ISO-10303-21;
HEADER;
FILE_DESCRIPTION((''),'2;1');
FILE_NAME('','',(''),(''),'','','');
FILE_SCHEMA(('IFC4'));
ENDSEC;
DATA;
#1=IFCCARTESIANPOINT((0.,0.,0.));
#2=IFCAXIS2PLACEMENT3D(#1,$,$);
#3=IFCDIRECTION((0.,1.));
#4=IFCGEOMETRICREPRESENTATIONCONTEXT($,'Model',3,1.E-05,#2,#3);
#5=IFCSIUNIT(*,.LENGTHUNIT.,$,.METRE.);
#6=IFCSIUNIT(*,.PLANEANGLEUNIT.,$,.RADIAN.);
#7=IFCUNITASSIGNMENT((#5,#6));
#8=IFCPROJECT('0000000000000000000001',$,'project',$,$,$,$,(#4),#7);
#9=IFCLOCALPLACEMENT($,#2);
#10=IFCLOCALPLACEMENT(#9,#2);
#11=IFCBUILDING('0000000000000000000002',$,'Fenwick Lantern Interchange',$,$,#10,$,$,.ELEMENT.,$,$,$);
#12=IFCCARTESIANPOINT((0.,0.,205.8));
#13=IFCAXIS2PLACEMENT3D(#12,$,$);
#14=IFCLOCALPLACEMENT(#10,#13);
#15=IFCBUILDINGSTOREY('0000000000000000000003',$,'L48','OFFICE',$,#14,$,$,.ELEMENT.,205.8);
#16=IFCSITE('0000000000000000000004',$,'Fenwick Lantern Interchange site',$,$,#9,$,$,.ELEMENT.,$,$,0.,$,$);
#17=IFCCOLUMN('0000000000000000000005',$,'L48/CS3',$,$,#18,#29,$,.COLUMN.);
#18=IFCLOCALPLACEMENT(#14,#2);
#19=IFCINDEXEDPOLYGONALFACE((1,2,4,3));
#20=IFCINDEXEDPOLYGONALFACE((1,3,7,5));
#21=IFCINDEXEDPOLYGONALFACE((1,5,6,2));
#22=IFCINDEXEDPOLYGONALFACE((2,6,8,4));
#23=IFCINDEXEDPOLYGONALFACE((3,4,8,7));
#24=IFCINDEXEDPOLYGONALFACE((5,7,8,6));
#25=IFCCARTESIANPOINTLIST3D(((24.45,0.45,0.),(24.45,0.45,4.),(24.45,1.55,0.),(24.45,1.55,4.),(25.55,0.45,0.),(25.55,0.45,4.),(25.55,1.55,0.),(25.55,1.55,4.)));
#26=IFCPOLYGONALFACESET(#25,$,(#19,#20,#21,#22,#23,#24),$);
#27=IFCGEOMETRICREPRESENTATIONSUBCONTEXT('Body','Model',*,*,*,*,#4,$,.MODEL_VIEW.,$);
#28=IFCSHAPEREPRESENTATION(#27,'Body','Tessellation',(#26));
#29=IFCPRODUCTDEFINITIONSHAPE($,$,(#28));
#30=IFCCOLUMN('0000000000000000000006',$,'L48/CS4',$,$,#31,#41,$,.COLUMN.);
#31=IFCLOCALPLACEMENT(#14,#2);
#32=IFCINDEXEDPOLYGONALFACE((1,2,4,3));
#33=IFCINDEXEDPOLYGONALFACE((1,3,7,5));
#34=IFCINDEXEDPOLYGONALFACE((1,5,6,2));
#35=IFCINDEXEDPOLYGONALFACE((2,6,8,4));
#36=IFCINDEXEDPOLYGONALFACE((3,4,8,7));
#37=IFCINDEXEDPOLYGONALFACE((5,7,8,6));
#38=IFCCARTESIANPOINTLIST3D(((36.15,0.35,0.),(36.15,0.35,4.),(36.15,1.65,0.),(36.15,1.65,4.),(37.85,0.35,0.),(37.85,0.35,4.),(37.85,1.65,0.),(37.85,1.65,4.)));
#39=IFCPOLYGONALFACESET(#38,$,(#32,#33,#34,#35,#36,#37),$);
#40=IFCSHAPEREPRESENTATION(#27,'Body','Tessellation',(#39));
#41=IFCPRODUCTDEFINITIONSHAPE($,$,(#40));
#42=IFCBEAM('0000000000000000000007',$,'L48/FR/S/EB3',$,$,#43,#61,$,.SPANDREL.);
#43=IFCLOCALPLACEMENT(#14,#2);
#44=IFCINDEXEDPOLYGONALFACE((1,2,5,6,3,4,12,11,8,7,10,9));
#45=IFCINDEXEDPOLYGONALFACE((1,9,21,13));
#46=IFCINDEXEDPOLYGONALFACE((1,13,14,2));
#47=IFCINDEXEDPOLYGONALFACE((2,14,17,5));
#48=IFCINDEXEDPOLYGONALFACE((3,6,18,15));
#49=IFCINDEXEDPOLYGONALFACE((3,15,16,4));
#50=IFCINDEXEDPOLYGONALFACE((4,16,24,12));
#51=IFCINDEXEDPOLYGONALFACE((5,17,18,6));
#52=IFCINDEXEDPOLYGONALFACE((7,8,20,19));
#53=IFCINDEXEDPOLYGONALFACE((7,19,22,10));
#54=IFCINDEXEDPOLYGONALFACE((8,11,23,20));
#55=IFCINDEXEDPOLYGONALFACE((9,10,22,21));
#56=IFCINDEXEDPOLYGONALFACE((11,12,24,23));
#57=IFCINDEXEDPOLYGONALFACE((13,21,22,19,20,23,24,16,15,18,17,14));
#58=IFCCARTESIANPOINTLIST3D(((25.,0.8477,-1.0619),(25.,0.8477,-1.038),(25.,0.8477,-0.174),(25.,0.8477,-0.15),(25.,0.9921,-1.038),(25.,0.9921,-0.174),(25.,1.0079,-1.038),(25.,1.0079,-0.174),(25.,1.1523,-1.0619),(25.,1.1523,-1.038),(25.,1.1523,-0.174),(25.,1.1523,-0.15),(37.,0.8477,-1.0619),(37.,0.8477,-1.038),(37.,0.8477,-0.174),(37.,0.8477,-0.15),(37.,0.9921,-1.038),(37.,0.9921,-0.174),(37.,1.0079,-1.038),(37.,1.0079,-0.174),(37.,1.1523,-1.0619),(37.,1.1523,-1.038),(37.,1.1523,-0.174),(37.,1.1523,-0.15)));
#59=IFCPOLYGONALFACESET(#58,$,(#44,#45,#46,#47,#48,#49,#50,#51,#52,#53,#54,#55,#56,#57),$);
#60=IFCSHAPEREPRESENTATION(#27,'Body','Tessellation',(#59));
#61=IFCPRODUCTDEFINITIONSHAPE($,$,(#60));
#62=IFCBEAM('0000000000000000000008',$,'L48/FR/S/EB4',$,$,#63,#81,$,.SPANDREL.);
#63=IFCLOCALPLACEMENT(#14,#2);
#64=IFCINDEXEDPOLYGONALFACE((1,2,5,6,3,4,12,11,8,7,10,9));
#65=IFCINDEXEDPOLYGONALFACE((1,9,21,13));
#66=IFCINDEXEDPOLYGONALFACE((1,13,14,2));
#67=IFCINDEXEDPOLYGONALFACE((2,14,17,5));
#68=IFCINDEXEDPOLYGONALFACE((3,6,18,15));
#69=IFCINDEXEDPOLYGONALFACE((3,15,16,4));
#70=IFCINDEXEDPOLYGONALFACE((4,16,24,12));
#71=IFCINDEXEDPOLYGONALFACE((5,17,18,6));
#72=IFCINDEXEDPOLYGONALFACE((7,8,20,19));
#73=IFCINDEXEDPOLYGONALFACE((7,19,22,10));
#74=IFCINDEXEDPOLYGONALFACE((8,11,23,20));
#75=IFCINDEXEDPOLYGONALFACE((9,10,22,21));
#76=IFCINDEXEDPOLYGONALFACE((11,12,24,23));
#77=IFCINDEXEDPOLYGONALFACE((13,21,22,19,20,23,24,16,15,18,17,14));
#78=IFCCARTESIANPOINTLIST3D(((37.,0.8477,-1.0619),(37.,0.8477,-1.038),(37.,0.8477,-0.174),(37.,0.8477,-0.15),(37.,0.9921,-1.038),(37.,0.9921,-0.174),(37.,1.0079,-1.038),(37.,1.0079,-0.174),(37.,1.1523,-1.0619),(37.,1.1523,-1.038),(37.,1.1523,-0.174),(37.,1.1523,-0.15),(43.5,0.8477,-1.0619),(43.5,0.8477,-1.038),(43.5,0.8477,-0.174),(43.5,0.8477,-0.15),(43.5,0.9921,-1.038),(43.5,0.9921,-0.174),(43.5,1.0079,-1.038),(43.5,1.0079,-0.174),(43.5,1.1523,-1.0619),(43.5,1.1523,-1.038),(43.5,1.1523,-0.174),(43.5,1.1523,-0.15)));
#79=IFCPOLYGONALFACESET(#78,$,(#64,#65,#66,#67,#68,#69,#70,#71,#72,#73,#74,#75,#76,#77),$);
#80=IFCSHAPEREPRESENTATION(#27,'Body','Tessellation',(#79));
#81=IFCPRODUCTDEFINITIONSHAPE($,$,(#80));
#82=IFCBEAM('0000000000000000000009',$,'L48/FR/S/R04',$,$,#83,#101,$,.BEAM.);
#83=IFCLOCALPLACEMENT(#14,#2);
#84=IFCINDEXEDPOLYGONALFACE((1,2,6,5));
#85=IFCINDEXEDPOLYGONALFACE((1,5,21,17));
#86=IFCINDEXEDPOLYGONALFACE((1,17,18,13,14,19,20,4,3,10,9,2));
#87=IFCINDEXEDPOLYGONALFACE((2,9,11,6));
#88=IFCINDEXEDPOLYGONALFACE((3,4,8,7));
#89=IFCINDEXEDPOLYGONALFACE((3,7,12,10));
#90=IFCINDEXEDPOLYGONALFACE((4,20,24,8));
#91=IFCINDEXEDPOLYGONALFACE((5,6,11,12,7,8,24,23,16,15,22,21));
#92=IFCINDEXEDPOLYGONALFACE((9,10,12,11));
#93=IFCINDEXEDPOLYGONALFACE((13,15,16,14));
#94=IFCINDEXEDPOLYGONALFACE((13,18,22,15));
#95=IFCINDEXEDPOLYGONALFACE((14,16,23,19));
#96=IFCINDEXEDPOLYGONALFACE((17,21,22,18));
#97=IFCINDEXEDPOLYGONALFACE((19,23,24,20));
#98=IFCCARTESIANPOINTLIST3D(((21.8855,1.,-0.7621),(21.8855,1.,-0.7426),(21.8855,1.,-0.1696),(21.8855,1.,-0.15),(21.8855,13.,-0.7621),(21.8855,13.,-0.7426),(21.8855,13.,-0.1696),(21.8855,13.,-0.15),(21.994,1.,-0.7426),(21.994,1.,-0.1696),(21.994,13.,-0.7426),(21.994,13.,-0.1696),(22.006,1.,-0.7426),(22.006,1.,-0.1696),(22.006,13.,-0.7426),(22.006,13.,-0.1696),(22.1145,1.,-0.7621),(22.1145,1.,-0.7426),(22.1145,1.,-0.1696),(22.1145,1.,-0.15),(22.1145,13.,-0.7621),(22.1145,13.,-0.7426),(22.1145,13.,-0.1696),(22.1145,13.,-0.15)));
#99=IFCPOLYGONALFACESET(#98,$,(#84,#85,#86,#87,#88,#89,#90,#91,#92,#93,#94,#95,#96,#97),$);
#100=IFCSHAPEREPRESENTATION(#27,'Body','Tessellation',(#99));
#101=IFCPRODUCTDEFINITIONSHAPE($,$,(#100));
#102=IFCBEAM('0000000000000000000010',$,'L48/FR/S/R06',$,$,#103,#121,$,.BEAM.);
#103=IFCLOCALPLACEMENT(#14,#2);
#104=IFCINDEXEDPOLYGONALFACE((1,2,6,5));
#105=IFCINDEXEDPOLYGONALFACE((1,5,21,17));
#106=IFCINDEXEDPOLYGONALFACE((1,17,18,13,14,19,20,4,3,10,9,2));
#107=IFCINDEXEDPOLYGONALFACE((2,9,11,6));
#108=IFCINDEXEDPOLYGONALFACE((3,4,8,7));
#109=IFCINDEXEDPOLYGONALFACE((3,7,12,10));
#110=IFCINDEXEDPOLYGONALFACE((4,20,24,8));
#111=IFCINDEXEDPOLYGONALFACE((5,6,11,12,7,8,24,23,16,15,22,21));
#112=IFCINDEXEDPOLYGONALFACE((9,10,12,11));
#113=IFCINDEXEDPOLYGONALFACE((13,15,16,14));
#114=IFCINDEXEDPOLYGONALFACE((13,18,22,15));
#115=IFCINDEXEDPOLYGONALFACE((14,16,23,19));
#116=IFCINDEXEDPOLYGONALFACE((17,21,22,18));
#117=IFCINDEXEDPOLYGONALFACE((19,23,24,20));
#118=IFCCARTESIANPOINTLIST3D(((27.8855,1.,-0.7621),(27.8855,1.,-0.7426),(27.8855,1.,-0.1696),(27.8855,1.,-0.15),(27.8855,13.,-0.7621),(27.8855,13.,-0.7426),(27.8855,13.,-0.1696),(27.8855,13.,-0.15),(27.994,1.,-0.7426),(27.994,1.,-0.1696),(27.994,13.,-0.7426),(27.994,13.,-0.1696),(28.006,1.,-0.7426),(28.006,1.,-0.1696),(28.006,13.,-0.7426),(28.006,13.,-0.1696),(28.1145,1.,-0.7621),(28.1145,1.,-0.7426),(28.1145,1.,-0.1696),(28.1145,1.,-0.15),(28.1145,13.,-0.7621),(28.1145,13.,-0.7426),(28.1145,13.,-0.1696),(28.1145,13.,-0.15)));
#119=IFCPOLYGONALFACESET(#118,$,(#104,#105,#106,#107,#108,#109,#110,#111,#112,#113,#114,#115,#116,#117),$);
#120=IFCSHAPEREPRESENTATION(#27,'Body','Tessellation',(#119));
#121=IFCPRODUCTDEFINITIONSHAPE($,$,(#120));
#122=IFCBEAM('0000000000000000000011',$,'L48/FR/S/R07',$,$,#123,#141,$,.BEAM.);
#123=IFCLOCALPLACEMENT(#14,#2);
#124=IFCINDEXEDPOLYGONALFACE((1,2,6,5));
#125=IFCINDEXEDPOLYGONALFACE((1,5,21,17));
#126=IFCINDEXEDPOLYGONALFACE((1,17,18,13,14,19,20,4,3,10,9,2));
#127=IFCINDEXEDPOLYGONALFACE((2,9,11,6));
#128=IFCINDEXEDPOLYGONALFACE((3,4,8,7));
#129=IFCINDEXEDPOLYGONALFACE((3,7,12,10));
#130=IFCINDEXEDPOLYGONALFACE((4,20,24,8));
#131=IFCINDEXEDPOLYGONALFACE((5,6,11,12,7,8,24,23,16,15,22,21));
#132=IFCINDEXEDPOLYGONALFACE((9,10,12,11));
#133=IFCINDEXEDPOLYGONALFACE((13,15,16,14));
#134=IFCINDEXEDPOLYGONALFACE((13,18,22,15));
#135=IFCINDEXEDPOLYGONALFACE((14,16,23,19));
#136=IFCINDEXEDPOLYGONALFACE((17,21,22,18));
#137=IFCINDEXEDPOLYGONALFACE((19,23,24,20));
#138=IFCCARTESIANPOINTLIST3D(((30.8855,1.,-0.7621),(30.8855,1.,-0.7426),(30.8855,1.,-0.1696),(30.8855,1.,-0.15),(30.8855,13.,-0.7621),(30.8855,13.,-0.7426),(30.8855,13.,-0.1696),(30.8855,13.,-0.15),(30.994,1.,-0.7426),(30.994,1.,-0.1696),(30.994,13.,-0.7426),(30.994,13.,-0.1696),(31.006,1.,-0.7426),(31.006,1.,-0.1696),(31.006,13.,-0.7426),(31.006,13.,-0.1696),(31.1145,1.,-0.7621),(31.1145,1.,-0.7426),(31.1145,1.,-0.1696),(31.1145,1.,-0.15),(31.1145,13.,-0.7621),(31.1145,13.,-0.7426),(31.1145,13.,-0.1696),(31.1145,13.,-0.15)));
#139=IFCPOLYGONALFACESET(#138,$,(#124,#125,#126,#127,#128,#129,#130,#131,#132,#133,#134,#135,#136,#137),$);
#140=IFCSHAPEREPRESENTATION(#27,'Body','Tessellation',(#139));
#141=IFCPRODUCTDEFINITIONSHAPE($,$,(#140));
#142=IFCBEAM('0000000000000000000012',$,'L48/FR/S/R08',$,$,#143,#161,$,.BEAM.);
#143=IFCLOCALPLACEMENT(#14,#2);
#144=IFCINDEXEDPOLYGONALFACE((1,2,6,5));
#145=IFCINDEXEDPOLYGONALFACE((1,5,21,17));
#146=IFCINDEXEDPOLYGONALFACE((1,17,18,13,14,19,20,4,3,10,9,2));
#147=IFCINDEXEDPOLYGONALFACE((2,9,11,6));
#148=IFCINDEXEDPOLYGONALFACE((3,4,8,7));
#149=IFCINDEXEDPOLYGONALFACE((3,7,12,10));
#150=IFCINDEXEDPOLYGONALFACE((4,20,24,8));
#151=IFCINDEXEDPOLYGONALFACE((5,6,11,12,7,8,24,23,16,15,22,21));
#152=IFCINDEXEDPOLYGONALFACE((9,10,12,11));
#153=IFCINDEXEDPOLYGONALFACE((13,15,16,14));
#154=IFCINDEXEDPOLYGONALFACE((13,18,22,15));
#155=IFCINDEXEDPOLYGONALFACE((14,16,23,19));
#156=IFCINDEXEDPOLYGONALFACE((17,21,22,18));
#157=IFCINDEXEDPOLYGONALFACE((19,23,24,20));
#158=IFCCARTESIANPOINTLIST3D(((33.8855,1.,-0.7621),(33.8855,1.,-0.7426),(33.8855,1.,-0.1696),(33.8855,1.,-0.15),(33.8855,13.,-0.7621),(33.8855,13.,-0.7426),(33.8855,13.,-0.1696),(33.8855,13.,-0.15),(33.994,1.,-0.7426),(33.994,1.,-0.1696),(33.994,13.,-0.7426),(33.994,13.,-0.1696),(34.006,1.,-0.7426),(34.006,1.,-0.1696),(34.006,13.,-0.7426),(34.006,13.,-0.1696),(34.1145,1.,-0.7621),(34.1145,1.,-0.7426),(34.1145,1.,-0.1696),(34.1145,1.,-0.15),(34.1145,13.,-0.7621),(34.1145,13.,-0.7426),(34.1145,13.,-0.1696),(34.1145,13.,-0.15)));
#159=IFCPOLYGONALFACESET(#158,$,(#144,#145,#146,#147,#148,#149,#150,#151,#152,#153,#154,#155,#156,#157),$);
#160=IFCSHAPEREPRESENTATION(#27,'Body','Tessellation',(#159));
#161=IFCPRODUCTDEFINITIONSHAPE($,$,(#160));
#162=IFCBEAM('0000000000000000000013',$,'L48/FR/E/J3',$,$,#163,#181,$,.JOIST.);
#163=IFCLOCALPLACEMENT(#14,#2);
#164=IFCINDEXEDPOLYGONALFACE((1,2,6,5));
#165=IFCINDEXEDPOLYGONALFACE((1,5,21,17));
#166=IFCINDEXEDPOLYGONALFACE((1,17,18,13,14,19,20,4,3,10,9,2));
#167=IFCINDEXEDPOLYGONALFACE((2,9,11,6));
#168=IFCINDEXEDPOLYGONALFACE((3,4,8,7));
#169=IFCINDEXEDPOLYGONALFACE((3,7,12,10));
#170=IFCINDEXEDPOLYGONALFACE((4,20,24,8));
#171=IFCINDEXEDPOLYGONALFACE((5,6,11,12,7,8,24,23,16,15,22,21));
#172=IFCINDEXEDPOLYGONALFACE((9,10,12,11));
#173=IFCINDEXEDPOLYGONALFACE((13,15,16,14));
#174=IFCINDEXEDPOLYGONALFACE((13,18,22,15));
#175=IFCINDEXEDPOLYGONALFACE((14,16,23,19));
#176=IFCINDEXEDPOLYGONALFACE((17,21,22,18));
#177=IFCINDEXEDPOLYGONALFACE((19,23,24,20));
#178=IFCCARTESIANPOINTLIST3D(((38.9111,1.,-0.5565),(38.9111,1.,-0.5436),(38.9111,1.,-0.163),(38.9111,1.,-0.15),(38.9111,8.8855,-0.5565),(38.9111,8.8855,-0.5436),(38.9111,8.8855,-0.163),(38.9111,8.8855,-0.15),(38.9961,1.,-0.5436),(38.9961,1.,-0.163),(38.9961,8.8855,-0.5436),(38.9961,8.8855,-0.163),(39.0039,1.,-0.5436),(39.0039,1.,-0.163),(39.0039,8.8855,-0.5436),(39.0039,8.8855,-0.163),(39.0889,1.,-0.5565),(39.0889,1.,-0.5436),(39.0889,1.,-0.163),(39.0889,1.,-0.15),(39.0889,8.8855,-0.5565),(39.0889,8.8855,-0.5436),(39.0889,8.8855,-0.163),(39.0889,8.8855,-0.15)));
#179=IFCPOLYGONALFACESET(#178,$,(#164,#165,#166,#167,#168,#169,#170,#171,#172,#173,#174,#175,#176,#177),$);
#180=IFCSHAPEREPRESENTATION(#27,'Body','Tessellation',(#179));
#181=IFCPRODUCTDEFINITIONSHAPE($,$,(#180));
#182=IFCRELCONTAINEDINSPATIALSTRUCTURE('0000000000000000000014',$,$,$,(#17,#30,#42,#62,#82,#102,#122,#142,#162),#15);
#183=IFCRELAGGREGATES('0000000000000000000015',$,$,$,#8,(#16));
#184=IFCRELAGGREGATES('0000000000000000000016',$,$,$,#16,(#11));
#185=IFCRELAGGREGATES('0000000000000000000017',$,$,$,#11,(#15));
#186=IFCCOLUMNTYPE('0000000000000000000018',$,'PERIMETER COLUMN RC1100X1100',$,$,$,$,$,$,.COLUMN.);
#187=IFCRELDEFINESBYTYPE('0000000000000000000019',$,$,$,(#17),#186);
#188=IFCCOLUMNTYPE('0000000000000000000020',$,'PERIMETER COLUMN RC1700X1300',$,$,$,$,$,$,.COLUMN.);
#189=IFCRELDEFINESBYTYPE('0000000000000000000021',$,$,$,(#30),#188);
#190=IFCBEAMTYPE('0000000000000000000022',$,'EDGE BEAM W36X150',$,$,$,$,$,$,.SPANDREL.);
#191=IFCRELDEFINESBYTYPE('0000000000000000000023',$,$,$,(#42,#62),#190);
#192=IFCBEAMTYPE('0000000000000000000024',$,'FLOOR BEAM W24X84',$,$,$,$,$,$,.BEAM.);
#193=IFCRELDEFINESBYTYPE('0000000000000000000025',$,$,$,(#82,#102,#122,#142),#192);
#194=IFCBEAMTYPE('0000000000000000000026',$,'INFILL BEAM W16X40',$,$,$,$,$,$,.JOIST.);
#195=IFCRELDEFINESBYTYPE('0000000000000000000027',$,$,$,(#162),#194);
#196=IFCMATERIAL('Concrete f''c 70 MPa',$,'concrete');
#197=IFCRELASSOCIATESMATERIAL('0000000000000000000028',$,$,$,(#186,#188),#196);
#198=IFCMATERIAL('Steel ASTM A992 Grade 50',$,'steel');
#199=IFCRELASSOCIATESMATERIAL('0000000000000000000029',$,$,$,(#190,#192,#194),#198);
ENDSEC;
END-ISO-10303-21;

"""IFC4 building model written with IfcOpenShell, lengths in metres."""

from ifc_helpers import new_model, si_unit, direction, frame, origin, origin_2d, place, context, subcontext, project, spatial, rectangle, i_section, extrude, material, material_profile, profile_set, type_object, element, save


model = new_model("IFC4")

# Units and contexts
model_context = context("Model", 3, precision=1e-05, world=origin(), true_north=direction((0.0, 1.0)))
body_context = subcontext(model_context, "Body", "Model", "MODEL_VIEW")
ifc_project = project(units=[si_unit("LENGTHUNIT", "METRE"), si_unit("PLANEANGLEUNIT", "RADIAN")], contexts=[model_context])

# Site, building, storey
site_placement = place(None, origin())
site = spatial("IfcSite", under=ifc_project, at=site_placement, Name="Fenwick Lantern Interchange site", CompositionType="ELEMENT", RefElevation=0.0)
building_placement = place(site_placement, origin())
building = spatial("IfcBuilding", under=site, at=building_placement, Name="Fenwick Lantern Interchange", CompositionType="ELEMENT")
storey_placement = place(building_placement, frame((0.0, 0.0, 205.8)))
storey = spatial("IfcBuildingStorey", under=building, at=storey_placement, Name="L48", Description="OFFICE", CompositionType="ELEMENT", Elevation=205.8)

# Columns
ifc_material_1 = material(Name="Concrete f'c 70 MPa", Category="concrete")
ifc_material_profile_1 = material_profile(ifc_material_1, rectangle(XDim=1.1001, YDim=1.1001, at=origin_2d()), Name="RC1100X1100")
ifc_profile_set_1 = profile_set([ifc_material_profile_1], Name="Concrete f'c 70 MPa")
column_type_1 = type_object("IfcColumnType", Name="PERIMETER COLUMN RC1100X1100", PredefinedType="COLUMN", material=ifc_profile_set_1)
column_1_placement = place(storey_placement, frame((25.0, 1.0, 0.0), z_axis=(0.0, 0.0, 1.0), x_axis=(1.0, 0.0, 0.0)))
element("IfcColumn", 1, at=column_1_placement, inside=storey, type_object=column_type_1, Name="L48/CS3", PredefinedType="COLUMN", context=body_context, shape_type="SweptSolid", body=[
    extrude(rectangle(XDim=1.1001, YDim=1.1001, at=origin_2d()), origin(), (0.0, 0.0, 1.0), 4.0),
])
ifc_material_profile_2 = material_profile(ifc_material_1, rectangle(XDim=1.7, YDim=1.3, at=origin_2d()), Name="RC1700X1300")
ifc_profile_set_2 = profile_set([ifc_material_profile_2], Name="Concrete f'c 70 MPa")
column_type_2 = type_object("IfcColumnType", Name="PERIMETER COLUMN RC1700X1300", PredefinedType="COLUMN", material=ifc_profile_set_2)
column_2_placement = place(storey_placement, frame((37.0, 1.0, 0.0), z_axis=(0.0, 0.0, 1.0), x_axis=(1.0, 0.0, 0.0)))
element("IfcColumn", 2, at=column_2_placement, inside=storey, type_object=column_type_2, Name="L48/CS4", PredefinedType="COLUMN", context=body_context, shape_type="SweptSolid", body=[
    extrude(rectangle(XDim=1.7, YDim=1.3, at=origin_2d()), origin(), (0.0, 0.0, 1.0), 4.0),
])

# Beams
ifc_material_2 = material(Name="Steel ASTM A992 Grade 50", Category="steel")
ifc_material_profile_3 = material_profile(ifc_material_2, i_section(OverallWidth=0.3047, OverallDepth=0.9119, WebThickness=0.0159, FlangeThickness=0.0239, at=origin_2d()), Name="W36X150")
ifc_profile_set_3 = profile_set([ifc_material_profile_3], Name="Steel ASTM A992 Grade 50")
beam_type_1 = type_object("IfcBeamType", Name="EDGE BEAM W36X150", PredefinedType="SPANDREL", material=ifc_profile_set_3)
beam_1_placement = place(storey_placement, frame((25.0, 1.0, -0.606), z_axis=(1.0, 0.0, 0.0), x_axis=(0.0, 1.0, 0.0)))
element("IfcBeam", 3, at=beam_1_placement, inside=storey, type_object=beam_type_1, Name="L48/FR/S/EB3", PredefinedType="SPANDREL", context=body_context, shape_type="SweptSolid", body=[
    extrude(i_section(OverallWidth=0.3047, OverallDepth=0.9119, WebThickness=0.0159, FlangeThickness=0.0239, at=origin_2d()), origin(), (0.0, 0.0, 1.0), 12.0),
])
beam_2_placement = place(storey_placement, frame((37.0, 1.0, -0.606), z_axis=(1.0, 0.0, 0.0), x_axis=(0.0, 1.0, 0.0)))
element("IfcBeam", 4, at=beam_2_placement, inside=storey, type_object=beam_type_1, Name="L48/FR/S/EB4", PredefinedType="SPANDREL", context=body_context, shape_type="SweptSolid", body=[
    extrude(i_section(OverallWidth=0.3047, OverallDepth=0.9119, WebThickness=0.0159, FlangeThickness=0.0239, at=origin_2d()), origin(), (0.0, 0.0, 1.0), 6.5),
])
ifc_material_profile_4 = material_profile(ifc_material_2, i_section(OverallWidth=0.229, OverallDepth=0.6121, WebThickness=0.012, FlangeThickness=0.0195, at=origin_2d()), Name="W24X84")
ifc_profile_set_4 = profile_set([ifc_material_profile_4], Name="Steel ASTM A992 Grade 50")
beam_type_2 = type_object("IfcBeamType", Name="FLOOR BEAM W24X84", PredefinedType="BEAM", material=ifc_profile_set_4)
for number, where, z_axis, x_axis, name in (
    (5, (22.0, 1.0, -0.4561), (0.0, 1.0, 0.0), (-1.0, 0.0, 0.0), "L48/FR/S/R04"),
    (6, (28.0, 1.0, -0.4561), (0.0, 1.0, 0.0), (-1.0, 0.0, 0.0), "L48/FR/S/R06"),
    (7, (31.0, 1.0, -0.4561), (0.0, 1.0, 0.0), (-1.0, 0.0, 0.0), "L48/FR/S/R07"),
    (8, (34.0, 1.0, -0.4561), (0.0, 1.0, 0.0), (-1.0, 0.0, 0.0), "L48/FR/S/R08"),
):
    element("IfcBeam", number, at=place(storey_placement, frame(where, z_axis=z_axis, x_axis=x_axis)), inside=storey, type_object=beam_type_2, Name=name, PredefinedType="BEAM", context=body_context, shape_type="SweptSolid", body=[
        extrude(i_section(OverallWidth=0.229, OverallDepth=0.6121, WebThickness=0.012, FlangeThickness=0.0195, at=origin_2d()), origin(), (0.0, 0.0, 1.0), 12.0),
    ])
ifc_material_profile_5 = material_profile(ifc_material_2, i_section(OverallWidth=0.1777, OverallDepth=0.4065, WebThickness=0.0078, FlangeThickness=0.0129, at=origin_2d()), Name="W16X40")
ifc_profile_set_5 = profile_set([ifc_material_profile_5], Name="Steel ASTM A992 Grade 50")
beam_type_3 = type_object("IfcBeamType", Name="INFILL BEAM W16X40", PredefinedType="JOIST", material=ifc_profile_set_5)
beam_3_placement = place(storey_placement, frame((39.0, 1.0, -0.3533), z_axis=(0.0, 1.0, 0.0), x_axis=(-1.0, 0.0, 0.0)))
element("IfcBeam", 9, at=beam_3_placement, inside=storey, type_object=beam_type_3, Name="L48/FR/E/J3", PredefinedType="JOIST", context=body_context, shape_type="SweptSolid", body=[
    extrude(i_section(OverallWidth=0.1777, OverallDepth=0.4065, WebThickness=0.0078, FlangeThickness=0.0129, at=origin_2d()), origin(), (0.0, 0.0, 1.0), 7.8855),
])

save(model, "model.ifc")
